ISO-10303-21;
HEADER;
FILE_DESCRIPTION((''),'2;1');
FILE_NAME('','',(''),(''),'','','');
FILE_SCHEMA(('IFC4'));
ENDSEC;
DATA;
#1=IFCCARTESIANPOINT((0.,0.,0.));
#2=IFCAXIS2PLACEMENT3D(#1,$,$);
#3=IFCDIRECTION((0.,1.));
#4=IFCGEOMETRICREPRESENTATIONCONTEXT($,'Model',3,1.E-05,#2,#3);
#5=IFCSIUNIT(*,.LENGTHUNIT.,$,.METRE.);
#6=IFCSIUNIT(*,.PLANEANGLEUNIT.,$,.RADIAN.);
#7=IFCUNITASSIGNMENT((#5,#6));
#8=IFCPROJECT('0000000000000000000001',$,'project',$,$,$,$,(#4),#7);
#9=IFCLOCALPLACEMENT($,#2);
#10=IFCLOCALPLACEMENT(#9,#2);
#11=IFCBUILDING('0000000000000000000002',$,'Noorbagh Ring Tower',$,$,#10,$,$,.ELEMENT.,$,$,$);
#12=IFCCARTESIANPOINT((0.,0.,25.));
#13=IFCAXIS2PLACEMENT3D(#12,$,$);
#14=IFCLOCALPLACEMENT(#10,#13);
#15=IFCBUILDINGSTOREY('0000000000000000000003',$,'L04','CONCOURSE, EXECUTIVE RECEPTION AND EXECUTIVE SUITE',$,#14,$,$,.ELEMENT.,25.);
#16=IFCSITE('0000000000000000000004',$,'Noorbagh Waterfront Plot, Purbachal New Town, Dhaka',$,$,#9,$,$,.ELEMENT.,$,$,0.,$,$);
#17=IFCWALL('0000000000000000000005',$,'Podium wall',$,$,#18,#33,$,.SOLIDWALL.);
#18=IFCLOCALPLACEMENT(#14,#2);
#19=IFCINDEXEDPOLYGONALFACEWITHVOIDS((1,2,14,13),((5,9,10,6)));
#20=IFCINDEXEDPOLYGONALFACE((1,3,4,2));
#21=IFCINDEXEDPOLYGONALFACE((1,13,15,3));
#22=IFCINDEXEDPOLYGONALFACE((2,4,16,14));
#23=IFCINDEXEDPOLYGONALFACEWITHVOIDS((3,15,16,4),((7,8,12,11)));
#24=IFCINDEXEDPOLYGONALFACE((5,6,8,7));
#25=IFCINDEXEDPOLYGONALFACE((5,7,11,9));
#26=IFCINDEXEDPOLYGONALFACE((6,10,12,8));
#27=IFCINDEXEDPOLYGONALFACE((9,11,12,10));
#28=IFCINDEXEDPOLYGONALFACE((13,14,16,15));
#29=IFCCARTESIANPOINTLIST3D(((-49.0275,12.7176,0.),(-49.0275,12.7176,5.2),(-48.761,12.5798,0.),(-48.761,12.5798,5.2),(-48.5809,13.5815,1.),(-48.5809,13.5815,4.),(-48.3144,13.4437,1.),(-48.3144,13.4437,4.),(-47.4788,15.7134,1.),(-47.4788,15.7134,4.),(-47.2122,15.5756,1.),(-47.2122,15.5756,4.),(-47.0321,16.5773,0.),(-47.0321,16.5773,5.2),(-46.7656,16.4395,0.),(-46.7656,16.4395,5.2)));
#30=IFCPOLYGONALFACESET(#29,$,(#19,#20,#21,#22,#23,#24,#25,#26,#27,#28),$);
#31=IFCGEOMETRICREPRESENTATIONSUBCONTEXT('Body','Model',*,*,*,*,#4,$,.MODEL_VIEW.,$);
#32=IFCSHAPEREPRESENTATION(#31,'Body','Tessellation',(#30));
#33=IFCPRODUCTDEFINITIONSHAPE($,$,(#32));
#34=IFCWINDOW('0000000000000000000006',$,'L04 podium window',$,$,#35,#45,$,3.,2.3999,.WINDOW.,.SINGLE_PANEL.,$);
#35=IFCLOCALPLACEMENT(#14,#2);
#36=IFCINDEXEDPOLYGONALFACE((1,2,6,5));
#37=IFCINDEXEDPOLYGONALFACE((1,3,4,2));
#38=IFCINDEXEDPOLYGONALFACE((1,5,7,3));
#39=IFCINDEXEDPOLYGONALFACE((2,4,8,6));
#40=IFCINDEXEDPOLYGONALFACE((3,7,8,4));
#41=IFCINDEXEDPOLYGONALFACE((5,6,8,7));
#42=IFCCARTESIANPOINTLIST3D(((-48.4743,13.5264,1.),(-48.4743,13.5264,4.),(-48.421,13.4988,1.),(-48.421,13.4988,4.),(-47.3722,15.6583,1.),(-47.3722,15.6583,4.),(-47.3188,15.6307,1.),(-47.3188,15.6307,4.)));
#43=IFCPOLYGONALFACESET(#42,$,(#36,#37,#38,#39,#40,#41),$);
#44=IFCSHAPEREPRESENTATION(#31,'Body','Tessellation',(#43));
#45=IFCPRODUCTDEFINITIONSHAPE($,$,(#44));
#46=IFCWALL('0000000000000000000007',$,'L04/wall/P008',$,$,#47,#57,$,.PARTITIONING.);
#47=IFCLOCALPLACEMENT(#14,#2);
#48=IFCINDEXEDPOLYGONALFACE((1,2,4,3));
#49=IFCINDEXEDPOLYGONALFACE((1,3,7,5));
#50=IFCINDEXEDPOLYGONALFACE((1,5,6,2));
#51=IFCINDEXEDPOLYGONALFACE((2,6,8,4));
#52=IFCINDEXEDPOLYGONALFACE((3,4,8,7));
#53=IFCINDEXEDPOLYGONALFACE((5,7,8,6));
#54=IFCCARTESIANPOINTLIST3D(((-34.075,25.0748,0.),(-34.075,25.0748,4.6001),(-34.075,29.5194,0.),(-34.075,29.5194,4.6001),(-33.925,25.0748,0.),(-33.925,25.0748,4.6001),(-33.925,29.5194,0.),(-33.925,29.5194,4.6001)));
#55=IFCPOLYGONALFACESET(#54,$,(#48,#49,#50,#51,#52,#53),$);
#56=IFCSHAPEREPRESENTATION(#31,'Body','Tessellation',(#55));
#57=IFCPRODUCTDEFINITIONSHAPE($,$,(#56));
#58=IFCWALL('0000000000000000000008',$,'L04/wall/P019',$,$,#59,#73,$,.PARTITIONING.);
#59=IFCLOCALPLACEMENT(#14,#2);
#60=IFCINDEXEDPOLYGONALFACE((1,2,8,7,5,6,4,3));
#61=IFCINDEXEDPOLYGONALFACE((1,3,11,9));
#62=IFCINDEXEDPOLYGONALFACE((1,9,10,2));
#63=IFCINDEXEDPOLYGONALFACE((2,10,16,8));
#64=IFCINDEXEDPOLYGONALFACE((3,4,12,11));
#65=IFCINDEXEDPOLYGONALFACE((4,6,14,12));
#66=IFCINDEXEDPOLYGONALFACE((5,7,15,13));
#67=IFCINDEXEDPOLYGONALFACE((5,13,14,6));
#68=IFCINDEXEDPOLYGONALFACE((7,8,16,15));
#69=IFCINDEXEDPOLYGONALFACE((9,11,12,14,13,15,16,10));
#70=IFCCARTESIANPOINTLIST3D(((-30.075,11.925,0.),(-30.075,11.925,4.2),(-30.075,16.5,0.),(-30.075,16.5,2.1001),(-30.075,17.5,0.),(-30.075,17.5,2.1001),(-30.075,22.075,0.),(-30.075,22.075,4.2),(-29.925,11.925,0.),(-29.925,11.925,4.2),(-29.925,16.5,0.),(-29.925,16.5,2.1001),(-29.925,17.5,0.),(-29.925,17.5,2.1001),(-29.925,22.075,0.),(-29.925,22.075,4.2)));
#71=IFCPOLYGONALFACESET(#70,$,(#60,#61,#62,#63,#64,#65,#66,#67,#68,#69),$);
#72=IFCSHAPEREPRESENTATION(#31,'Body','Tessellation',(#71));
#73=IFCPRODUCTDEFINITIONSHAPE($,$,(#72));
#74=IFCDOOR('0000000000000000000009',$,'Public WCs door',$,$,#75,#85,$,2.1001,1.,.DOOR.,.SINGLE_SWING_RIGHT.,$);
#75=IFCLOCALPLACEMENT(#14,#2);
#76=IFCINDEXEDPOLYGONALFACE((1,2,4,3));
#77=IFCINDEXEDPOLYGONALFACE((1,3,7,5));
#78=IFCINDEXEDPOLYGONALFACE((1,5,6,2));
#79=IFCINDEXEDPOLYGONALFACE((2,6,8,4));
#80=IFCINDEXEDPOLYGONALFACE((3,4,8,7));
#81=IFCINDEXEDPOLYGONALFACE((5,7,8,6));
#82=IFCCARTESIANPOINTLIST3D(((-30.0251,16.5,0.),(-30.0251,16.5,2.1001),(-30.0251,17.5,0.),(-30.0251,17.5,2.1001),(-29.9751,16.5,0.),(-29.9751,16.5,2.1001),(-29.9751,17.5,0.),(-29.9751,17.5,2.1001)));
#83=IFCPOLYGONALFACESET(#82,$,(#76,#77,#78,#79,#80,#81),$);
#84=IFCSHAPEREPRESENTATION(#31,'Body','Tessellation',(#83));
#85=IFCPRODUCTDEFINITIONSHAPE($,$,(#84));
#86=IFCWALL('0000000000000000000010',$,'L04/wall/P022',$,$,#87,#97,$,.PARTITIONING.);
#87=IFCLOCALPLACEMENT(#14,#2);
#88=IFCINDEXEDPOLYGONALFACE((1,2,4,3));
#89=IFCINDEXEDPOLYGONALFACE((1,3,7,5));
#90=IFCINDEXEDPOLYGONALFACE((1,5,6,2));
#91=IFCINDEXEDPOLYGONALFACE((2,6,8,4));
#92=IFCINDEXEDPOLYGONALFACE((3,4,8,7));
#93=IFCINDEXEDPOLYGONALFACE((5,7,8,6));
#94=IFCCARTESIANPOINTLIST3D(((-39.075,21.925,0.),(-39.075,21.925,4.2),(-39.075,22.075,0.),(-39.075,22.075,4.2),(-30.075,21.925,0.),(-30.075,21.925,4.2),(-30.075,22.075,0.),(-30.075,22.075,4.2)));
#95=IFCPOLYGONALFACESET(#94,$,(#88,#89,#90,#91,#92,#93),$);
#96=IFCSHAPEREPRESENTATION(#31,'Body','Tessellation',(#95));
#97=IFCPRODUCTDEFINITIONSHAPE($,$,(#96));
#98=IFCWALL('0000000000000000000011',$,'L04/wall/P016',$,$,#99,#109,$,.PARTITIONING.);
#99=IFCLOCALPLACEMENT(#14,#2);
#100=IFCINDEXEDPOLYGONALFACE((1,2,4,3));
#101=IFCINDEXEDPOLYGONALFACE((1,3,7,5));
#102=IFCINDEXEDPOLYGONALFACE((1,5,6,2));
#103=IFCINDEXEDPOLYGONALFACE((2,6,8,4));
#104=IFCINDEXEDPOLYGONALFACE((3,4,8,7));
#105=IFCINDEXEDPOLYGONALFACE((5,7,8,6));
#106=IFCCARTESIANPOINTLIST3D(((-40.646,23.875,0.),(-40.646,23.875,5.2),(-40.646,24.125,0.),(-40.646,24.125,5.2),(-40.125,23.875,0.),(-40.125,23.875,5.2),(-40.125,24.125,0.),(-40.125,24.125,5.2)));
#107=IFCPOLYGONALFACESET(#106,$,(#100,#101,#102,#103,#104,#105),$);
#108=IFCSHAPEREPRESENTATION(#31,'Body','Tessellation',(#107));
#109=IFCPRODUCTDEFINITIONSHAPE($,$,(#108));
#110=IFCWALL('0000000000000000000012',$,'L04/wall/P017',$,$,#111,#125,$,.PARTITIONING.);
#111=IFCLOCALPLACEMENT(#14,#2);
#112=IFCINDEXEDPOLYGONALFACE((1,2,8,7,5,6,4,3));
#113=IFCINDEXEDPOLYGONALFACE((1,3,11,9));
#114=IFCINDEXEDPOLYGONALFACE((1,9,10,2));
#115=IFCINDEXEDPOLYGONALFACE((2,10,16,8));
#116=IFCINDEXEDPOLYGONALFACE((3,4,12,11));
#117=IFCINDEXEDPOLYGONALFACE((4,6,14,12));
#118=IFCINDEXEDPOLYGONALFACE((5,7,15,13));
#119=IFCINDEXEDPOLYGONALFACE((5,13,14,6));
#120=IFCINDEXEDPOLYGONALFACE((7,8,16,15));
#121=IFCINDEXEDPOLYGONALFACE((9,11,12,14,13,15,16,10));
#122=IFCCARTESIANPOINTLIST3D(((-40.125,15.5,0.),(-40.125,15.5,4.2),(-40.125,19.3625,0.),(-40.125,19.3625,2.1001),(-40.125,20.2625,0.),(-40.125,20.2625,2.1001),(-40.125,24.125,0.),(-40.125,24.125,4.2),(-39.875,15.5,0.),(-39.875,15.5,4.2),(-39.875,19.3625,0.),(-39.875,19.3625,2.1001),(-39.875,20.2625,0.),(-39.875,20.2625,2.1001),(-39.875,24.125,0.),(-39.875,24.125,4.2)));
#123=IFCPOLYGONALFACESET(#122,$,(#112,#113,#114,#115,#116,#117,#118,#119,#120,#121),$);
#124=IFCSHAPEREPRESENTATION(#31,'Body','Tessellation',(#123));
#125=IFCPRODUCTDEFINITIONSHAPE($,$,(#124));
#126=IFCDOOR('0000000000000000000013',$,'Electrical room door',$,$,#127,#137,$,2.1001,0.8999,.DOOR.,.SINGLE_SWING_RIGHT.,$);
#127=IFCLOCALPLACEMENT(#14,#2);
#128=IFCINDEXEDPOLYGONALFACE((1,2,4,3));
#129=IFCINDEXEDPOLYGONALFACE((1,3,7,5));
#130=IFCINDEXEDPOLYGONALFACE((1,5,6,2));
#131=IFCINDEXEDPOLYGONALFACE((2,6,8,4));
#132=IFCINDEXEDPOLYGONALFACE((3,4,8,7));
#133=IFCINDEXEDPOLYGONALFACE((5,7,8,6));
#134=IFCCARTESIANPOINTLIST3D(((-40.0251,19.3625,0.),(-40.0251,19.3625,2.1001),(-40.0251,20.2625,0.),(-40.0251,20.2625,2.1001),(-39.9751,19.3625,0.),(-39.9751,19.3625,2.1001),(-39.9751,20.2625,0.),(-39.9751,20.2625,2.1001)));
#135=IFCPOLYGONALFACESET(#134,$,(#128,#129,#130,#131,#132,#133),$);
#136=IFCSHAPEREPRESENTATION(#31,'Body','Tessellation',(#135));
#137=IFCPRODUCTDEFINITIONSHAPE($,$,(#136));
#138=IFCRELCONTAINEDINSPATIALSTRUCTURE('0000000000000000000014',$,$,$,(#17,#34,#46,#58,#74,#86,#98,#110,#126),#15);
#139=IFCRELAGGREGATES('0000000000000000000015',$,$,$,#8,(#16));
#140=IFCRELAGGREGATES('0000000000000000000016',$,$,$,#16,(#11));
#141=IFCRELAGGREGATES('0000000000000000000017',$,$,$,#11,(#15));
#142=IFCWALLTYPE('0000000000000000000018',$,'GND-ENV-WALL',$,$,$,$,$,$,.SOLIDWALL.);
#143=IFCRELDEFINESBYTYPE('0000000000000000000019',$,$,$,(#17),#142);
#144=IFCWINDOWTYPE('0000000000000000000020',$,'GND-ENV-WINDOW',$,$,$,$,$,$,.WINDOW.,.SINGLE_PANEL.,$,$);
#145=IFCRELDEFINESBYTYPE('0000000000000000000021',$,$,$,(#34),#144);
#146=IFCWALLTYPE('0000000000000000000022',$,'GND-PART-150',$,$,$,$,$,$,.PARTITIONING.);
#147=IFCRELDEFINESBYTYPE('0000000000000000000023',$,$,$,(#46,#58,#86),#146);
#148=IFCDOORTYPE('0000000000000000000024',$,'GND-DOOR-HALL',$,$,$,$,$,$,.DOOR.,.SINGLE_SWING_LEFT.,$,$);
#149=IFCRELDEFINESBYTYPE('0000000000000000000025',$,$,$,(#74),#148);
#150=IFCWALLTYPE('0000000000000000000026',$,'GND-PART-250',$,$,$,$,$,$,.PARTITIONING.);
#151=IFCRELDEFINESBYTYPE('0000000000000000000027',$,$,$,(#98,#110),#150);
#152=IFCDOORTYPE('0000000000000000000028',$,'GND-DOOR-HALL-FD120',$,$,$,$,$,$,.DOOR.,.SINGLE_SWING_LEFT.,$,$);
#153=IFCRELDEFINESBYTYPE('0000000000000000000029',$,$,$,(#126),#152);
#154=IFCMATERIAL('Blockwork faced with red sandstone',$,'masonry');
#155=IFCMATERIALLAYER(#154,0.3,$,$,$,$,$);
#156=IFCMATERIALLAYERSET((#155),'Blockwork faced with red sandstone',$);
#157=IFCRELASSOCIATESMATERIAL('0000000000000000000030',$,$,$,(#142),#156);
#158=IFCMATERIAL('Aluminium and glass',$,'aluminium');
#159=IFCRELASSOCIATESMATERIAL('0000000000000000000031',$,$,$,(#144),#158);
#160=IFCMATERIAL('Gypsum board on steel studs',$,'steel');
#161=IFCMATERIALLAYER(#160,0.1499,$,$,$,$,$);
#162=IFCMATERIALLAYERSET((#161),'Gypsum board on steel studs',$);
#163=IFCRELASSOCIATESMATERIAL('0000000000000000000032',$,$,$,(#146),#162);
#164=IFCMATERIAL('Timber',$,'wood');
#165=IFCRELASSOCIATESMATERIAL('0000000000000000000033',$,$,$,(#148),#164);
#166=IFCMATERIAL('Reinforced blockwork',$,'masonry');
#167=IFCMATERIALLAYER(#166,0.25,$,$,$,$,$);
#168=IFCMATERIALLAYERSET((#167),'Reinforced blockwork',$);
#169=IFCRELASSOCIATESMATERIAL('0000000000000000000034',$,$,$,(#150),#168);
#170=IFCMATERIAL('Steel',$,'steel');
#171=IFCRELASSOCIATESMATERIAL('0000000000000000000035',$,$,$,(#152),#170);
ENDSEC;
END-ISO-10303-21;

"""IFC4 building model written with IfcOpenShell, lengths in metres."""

from ifc_helpers import new_model, si_unit, direction, frame, frame_2d, origin, place, context, subcontext, project, spatial, rectangle, extrude, material, layer, layer_set, type_object, element, fill, save


model = new_model("IFC4")

# Units and contexts
model_context = context("Model", 3, precision=1e-05, world=origin(), true_north=direction((0.0, 1.0)))
body_context = subcontext(model_context, "Body", "Model", "MODEL_VIEW")
ifc_project = project(units=[si_unit("LENGTHUNIT", "METRE"), si_unit("PLANEANGLEUNIT", "RADIAN")], contexts=[model_context])

# Site, building, storey
site_placement = place(None, origin())
site = spatial("IfcSite", under=ifc_project, at=site_placement, Name="Noorbagh Waterfront Plot, Purbachal New Town, Dhaka", CompositionType="ELEMENT", RefElevation=0.0)
building_placement = place(site_placement, origin())
building = spatial("IfcBuilding", under=site, at=building_placement, Name="Noorbagh Ring Tower", CompositionType="ELEMENT")
storey_placement = place(building_placement, frame((0.0, 0.0, 25.0)))
storey = spatial("IfcBuildingStorey", under=building, at=storey_placement, Name="L04", Description="CONCOURSE, EXECUTIVE RECEPTION AND EXECUTIVE SUITE", CompositionType="ELEMENT", Elevation=25.0)

# Wall, opening, window
ifc_material_1 = material(Name="Blockwork faced with red sandstone", Category="masonry")
ifc_layer_1 = layer(ifc_material_1, 0.3)
ifc_layer_set_1 = layer_set([ifc_layer_1], Name="Blockwork faced with red sandstone")
wall_type_1 = type_object("IfcWallType", Name="GND-ENV-WALL", PredefinedType="SOLIDWALL", material=ifc_layer_set_1)
ifc_material_2 = material(Name="Aluminium and glass", Category="aluminium")
window_type = type_object("IfcWindowType", Name="GND-ENV-WINDOW", PartitioningType="SINGLE_PANEL", PredefinedType="WINDOW", material=ifc_material_2)
wall_1_placement = place(storey_placement, frame((-46.8989, 16.5083, 0.0), z_axis=(0.0, 0.0, 1.0), x_axis=(-0.459243, -0.888311, 0.0)))
wall_1 = element("IfcWall", 1, at=wall_1_placement, inside=storey, type_object=wall_type_1, Name="Podium wall", PredefinedType="SOLIDWALL", context=body_context, shape_type="SweptSolid", body=[
    extrude(rectangle(XDim=4.345, YDim=0.3, at=frame_2d((2.1724, 0.0))), origin(), (0.0, 0.0, 1.0), 5.2),
])
opening_1_placement = place(wall_1_placement, frame((0.9724, 0.0, 1.0)))
opening_1 = element("IfcOpeningElement", 2, at=opening_1_placement, cuts=wall_1, PredefinedType="OPENING", context=body_context, shape_type="SweptSolid", body=[
    extrude(rectangle(XDim=2.3999, YDim=3.0, at=frame_2d((1.2, 1.5))), frame((0.0, 0.1602, 0.0), z_axis=(0.0, -1.0, 0.0), x_axis=(1.0, 0.0, 0.0)), (0.0, 0.0, 1.0), 0.3201),
])
window_1_placement = place(opening_1_placement, origin())
window_1 = element("IfcWindow", 3, at=window_1_placement, inside=storey, type_object=window_type, Name="L04 podium window", OverallHeight=3.0, OverallWidth=2.3999, PartitioningType="SINGLE_PANEL", PredefinedType="WINDOW", context=body_context, shape_type="SweptSolid", body=[
    extrude(rectangle(XDim=2.3999, YDim=3.0, at=frame_2d((1.2, 1.5))), frame((0.0, 0.03, 0.0), z_axis=(0.0, -1.0, 0.0), x_axis=(1.0, 0.0, 0.0)), (0.0, 0.0, 1.0), 0.0601),
])
fill(opening_1, window_1)

# Wall
ifc_material_3 = material(Name="Gypsum board on steel studs", Category="steel")
ifc_layer_2 = layer(ifc_material_3, 0.1499)
ifc_layer_set_2 = layer_set([ifc_layer_2], Name="Gypsum board on steel studs")
wall_type_2 = type_object("IfcWallType", Name="GND-PART-150", PredefinedType="PARTITIONING", material=ifc_layer_set_2)
wall_2_placement = place(storey_placement, frame((-34.0, 25.075, 0.0), z_axis=(0.0, 0.0, 1.0), x_axis=(0.0, 1.0, 0.0)))
element("IfcWall", 4, at=wall_2_placement, inside=storey, type_object=wall_type_2, Name="L04/wall/P008", PredefinedType="PARTITIONING", context=body_context, shape_type="SweptSolid", body=[
    extrude(rectangle(XDim=4.4446, YDim=0.1499, at=frame_2d((2.2222, 0.0))), origin(), (0.0, 0.0, 1.0), 4.6001),
])

# Wall, opening, door
wall_3_placement = place(storey_placement, frame((-30.0, 22.075, 0.0), z_axis=(0.0, 0.0, 1.0), x_axis=(0.0, -1.0, 0.0)))
wall_3 = element("IfcWall", 5, at=wall_3_placement, inside=storey, type_object=wall_type_2, Name="L04/wall/P019", PredefinedType="PARTITIONING", context=body_context, shape_type="SweptSolid", body=[
    extrude(rectangle(XDim=10.1499, YDim=0.1499, at=frame_2d((5.075, 0.0))), origin(), (0.0, 0.0, 1.0), 4.2),
])
opening_2_placement = place(wall_3_placement, frame((4.575, 0.0, 0.0)))
opening_2 = element("IfcOpeningElement", 6, at=opening_2_placement, cuts=wall_3, PredefinedType="OPENING", context=body_context, shape_type="SweptSolid", body=[
    extrude(rectangle(XDim=1.0, YDim=2.1001, at=frame_2d((0.5, 1.05))), frame((0.0, 0.085, 0.0), z_axis=(0.0, -1.0, 0.0), x_axis=(1.0, 0.0, 0.0)), (0.0, 0.0, 1.0), 0.1699),
])
ifc_material_4 = material(Name="Timber", Category="wood")
door_type_1 = type_object("IfcDoorType", Name="GND-DOOR-HALL", OperationType="SINGLE_SWING_LEFT", PredefinedType="DOOR", material=ifc_material_4)
door_1_placement = place(opening_2_placement, origin())
door_1 = element("IfcDoor", 7, at=door_1_placement, inside=storey, type_object=door_type_1, Name="Public WCs door", OperationType="SINGLE_SWING_RIGHT", OverallHeight=2.1001, OverallWidth=1.0, PredefinedType="DOOR", context=body_context, shape_type="SweptSolid", body=[
    extrude(rectangle(XDim=1.0, YDim=2.1001, at=frame_2d((0.5, 1.05))), frame((0.0, 0.0249, 0.0), z_axis=(0.0, -1.0, 0.0), x_axis=(1.0, 0.0, 0.0)), (0.0, 0.0, 1.0), 0.05),
])
fill(opening_2, door_1)

# Walls
wall_4_placement = place(storey_placement, frame((-39.075, 22.0, 0.0), z_axis=(0.0, 0.0, 1.0), x_axis=(1.0, 0.0, 0.0)))
element("IfcWall", 8, at=wall_4_placement, inside=storey, type_object=wall_type_2, Name="L04/wall/P022", PredefinedType="PARTITIONING", context=body_context, shape_type="SweptSolid", body=[
    extrude(rectangle(XDim=9.0, YDim=0.1499, at=frame_2d((4.5, 0.0))), origin(), (0.0, 0.0, 1.0), 4.2),
])
ifc_material_5 = material(Name="Reinforced blockwork", Category="masonry")
ifc_layer_3 = layer(ifc_material_5, 0.25)
ifc_layer_set_3 = layer_set([ifc_layer_3], Name="Reinforced blockwork")
wall_type_3 = type_object("IfcWallType", Name="GND-PART-250", PredefinedType="PARTITIONING", material=ifc_layer_set_3)
wall_5_placement = place(storey_placement, frame((-40.646, 24.0, 0.0), z_axis=(0.0, 0.0, 1.0), x_axis=(1.0, 0.0, 0.0)))
element("IfcWall", 9, at=wall_5_placement, inside=storey, type_object=wall_type_3, Name="L04/wall/P016", PredefinedType="PARTITIONING", context=body_context, shape_type="SweptSolid", body=[
    extrude(rectangle(XDim=0.521, YDim=0.25, at=frame_2d((0.2605, 0.0))), origin(), (0.0, 0.0, 1.0), 5.2),
])

# Wall, opening, door
wall_6_placement = place(storey_placement, frame((-40.0, 24.125, 0.0), z_axis=(0.0, 0.0, 1.0), x_axis=(0.0, -1.0, 0.0)))
wall_6 = element("IfcWall", 10, at=wall_6_placement, inside=storey, type_object=wall_type_3, Name="L04/wall/P017", PredefinedType="PARTITIONING", context=body_context, shape_type="SweptSolid", body=[
    extrude(rectangle(XDim=8.625, YDim=0.25, at=frame_2d((4.3125, 0.0))), origin(), (0.0, 0.0, 1.0), 4.2),
])
opening_3_placement = place(wall_6_placement, frame((3.8625, 0.0, 0.0)))
opening_3 = element("IfcOpeningElement", 11, at=opening_3_placement, cuts=wall_6, PredefinedType="OPENING", context=body_context, shape_type="SweptSolid", body=[
    extrude(rectangle(XDim=0.8999, YDim=2.1001, at=frame_2d((0.45, 1.05))), frame((0.0, 0.135, 0.0), z_axis=(0.0, -1.0, 0.0), x_axis=(1.0, 0.0, 0.0)), (0.0, 0.0, 1.0), 0.27),
])
ifc_material_6 = material(Name="Steel", Category="steel")
door_type_2 = type_object("IfcDoorType", Name="GND-DOOR-HALL-FD120", OperationType="SINGLE_SWING_LEFT", PredefinedType="DOOR", material=ifc_material_6)
door_2_placement = place(opening_3_placement, origin())
door_2 = element("IfcDoor", 12, at=door_2_placement, inside=storey, type_object=door_type_2, Name="Electrical room door", OperationType="SINGLE_SWING_RIGHT", OverallHeight=2.1001, OverallWidth=0.8999, PredefinedType="DOOR", context=body_context, shape_type="SweptSolid", body=[
    extrude(rectangle(XDim=0.8999, YDim=2.1001, at=frame_2d((0.45, 1.05))), frame((0.0, 0.0249, 0.0), z_axis=(0.0, -1.0, 0.0), x_axis=(1.0, 0.0, 0.0)), (0.0, 0.0, 1.0), 0.05),
])
fill(opening_3, door_2)

save(model, "model.ifc")
